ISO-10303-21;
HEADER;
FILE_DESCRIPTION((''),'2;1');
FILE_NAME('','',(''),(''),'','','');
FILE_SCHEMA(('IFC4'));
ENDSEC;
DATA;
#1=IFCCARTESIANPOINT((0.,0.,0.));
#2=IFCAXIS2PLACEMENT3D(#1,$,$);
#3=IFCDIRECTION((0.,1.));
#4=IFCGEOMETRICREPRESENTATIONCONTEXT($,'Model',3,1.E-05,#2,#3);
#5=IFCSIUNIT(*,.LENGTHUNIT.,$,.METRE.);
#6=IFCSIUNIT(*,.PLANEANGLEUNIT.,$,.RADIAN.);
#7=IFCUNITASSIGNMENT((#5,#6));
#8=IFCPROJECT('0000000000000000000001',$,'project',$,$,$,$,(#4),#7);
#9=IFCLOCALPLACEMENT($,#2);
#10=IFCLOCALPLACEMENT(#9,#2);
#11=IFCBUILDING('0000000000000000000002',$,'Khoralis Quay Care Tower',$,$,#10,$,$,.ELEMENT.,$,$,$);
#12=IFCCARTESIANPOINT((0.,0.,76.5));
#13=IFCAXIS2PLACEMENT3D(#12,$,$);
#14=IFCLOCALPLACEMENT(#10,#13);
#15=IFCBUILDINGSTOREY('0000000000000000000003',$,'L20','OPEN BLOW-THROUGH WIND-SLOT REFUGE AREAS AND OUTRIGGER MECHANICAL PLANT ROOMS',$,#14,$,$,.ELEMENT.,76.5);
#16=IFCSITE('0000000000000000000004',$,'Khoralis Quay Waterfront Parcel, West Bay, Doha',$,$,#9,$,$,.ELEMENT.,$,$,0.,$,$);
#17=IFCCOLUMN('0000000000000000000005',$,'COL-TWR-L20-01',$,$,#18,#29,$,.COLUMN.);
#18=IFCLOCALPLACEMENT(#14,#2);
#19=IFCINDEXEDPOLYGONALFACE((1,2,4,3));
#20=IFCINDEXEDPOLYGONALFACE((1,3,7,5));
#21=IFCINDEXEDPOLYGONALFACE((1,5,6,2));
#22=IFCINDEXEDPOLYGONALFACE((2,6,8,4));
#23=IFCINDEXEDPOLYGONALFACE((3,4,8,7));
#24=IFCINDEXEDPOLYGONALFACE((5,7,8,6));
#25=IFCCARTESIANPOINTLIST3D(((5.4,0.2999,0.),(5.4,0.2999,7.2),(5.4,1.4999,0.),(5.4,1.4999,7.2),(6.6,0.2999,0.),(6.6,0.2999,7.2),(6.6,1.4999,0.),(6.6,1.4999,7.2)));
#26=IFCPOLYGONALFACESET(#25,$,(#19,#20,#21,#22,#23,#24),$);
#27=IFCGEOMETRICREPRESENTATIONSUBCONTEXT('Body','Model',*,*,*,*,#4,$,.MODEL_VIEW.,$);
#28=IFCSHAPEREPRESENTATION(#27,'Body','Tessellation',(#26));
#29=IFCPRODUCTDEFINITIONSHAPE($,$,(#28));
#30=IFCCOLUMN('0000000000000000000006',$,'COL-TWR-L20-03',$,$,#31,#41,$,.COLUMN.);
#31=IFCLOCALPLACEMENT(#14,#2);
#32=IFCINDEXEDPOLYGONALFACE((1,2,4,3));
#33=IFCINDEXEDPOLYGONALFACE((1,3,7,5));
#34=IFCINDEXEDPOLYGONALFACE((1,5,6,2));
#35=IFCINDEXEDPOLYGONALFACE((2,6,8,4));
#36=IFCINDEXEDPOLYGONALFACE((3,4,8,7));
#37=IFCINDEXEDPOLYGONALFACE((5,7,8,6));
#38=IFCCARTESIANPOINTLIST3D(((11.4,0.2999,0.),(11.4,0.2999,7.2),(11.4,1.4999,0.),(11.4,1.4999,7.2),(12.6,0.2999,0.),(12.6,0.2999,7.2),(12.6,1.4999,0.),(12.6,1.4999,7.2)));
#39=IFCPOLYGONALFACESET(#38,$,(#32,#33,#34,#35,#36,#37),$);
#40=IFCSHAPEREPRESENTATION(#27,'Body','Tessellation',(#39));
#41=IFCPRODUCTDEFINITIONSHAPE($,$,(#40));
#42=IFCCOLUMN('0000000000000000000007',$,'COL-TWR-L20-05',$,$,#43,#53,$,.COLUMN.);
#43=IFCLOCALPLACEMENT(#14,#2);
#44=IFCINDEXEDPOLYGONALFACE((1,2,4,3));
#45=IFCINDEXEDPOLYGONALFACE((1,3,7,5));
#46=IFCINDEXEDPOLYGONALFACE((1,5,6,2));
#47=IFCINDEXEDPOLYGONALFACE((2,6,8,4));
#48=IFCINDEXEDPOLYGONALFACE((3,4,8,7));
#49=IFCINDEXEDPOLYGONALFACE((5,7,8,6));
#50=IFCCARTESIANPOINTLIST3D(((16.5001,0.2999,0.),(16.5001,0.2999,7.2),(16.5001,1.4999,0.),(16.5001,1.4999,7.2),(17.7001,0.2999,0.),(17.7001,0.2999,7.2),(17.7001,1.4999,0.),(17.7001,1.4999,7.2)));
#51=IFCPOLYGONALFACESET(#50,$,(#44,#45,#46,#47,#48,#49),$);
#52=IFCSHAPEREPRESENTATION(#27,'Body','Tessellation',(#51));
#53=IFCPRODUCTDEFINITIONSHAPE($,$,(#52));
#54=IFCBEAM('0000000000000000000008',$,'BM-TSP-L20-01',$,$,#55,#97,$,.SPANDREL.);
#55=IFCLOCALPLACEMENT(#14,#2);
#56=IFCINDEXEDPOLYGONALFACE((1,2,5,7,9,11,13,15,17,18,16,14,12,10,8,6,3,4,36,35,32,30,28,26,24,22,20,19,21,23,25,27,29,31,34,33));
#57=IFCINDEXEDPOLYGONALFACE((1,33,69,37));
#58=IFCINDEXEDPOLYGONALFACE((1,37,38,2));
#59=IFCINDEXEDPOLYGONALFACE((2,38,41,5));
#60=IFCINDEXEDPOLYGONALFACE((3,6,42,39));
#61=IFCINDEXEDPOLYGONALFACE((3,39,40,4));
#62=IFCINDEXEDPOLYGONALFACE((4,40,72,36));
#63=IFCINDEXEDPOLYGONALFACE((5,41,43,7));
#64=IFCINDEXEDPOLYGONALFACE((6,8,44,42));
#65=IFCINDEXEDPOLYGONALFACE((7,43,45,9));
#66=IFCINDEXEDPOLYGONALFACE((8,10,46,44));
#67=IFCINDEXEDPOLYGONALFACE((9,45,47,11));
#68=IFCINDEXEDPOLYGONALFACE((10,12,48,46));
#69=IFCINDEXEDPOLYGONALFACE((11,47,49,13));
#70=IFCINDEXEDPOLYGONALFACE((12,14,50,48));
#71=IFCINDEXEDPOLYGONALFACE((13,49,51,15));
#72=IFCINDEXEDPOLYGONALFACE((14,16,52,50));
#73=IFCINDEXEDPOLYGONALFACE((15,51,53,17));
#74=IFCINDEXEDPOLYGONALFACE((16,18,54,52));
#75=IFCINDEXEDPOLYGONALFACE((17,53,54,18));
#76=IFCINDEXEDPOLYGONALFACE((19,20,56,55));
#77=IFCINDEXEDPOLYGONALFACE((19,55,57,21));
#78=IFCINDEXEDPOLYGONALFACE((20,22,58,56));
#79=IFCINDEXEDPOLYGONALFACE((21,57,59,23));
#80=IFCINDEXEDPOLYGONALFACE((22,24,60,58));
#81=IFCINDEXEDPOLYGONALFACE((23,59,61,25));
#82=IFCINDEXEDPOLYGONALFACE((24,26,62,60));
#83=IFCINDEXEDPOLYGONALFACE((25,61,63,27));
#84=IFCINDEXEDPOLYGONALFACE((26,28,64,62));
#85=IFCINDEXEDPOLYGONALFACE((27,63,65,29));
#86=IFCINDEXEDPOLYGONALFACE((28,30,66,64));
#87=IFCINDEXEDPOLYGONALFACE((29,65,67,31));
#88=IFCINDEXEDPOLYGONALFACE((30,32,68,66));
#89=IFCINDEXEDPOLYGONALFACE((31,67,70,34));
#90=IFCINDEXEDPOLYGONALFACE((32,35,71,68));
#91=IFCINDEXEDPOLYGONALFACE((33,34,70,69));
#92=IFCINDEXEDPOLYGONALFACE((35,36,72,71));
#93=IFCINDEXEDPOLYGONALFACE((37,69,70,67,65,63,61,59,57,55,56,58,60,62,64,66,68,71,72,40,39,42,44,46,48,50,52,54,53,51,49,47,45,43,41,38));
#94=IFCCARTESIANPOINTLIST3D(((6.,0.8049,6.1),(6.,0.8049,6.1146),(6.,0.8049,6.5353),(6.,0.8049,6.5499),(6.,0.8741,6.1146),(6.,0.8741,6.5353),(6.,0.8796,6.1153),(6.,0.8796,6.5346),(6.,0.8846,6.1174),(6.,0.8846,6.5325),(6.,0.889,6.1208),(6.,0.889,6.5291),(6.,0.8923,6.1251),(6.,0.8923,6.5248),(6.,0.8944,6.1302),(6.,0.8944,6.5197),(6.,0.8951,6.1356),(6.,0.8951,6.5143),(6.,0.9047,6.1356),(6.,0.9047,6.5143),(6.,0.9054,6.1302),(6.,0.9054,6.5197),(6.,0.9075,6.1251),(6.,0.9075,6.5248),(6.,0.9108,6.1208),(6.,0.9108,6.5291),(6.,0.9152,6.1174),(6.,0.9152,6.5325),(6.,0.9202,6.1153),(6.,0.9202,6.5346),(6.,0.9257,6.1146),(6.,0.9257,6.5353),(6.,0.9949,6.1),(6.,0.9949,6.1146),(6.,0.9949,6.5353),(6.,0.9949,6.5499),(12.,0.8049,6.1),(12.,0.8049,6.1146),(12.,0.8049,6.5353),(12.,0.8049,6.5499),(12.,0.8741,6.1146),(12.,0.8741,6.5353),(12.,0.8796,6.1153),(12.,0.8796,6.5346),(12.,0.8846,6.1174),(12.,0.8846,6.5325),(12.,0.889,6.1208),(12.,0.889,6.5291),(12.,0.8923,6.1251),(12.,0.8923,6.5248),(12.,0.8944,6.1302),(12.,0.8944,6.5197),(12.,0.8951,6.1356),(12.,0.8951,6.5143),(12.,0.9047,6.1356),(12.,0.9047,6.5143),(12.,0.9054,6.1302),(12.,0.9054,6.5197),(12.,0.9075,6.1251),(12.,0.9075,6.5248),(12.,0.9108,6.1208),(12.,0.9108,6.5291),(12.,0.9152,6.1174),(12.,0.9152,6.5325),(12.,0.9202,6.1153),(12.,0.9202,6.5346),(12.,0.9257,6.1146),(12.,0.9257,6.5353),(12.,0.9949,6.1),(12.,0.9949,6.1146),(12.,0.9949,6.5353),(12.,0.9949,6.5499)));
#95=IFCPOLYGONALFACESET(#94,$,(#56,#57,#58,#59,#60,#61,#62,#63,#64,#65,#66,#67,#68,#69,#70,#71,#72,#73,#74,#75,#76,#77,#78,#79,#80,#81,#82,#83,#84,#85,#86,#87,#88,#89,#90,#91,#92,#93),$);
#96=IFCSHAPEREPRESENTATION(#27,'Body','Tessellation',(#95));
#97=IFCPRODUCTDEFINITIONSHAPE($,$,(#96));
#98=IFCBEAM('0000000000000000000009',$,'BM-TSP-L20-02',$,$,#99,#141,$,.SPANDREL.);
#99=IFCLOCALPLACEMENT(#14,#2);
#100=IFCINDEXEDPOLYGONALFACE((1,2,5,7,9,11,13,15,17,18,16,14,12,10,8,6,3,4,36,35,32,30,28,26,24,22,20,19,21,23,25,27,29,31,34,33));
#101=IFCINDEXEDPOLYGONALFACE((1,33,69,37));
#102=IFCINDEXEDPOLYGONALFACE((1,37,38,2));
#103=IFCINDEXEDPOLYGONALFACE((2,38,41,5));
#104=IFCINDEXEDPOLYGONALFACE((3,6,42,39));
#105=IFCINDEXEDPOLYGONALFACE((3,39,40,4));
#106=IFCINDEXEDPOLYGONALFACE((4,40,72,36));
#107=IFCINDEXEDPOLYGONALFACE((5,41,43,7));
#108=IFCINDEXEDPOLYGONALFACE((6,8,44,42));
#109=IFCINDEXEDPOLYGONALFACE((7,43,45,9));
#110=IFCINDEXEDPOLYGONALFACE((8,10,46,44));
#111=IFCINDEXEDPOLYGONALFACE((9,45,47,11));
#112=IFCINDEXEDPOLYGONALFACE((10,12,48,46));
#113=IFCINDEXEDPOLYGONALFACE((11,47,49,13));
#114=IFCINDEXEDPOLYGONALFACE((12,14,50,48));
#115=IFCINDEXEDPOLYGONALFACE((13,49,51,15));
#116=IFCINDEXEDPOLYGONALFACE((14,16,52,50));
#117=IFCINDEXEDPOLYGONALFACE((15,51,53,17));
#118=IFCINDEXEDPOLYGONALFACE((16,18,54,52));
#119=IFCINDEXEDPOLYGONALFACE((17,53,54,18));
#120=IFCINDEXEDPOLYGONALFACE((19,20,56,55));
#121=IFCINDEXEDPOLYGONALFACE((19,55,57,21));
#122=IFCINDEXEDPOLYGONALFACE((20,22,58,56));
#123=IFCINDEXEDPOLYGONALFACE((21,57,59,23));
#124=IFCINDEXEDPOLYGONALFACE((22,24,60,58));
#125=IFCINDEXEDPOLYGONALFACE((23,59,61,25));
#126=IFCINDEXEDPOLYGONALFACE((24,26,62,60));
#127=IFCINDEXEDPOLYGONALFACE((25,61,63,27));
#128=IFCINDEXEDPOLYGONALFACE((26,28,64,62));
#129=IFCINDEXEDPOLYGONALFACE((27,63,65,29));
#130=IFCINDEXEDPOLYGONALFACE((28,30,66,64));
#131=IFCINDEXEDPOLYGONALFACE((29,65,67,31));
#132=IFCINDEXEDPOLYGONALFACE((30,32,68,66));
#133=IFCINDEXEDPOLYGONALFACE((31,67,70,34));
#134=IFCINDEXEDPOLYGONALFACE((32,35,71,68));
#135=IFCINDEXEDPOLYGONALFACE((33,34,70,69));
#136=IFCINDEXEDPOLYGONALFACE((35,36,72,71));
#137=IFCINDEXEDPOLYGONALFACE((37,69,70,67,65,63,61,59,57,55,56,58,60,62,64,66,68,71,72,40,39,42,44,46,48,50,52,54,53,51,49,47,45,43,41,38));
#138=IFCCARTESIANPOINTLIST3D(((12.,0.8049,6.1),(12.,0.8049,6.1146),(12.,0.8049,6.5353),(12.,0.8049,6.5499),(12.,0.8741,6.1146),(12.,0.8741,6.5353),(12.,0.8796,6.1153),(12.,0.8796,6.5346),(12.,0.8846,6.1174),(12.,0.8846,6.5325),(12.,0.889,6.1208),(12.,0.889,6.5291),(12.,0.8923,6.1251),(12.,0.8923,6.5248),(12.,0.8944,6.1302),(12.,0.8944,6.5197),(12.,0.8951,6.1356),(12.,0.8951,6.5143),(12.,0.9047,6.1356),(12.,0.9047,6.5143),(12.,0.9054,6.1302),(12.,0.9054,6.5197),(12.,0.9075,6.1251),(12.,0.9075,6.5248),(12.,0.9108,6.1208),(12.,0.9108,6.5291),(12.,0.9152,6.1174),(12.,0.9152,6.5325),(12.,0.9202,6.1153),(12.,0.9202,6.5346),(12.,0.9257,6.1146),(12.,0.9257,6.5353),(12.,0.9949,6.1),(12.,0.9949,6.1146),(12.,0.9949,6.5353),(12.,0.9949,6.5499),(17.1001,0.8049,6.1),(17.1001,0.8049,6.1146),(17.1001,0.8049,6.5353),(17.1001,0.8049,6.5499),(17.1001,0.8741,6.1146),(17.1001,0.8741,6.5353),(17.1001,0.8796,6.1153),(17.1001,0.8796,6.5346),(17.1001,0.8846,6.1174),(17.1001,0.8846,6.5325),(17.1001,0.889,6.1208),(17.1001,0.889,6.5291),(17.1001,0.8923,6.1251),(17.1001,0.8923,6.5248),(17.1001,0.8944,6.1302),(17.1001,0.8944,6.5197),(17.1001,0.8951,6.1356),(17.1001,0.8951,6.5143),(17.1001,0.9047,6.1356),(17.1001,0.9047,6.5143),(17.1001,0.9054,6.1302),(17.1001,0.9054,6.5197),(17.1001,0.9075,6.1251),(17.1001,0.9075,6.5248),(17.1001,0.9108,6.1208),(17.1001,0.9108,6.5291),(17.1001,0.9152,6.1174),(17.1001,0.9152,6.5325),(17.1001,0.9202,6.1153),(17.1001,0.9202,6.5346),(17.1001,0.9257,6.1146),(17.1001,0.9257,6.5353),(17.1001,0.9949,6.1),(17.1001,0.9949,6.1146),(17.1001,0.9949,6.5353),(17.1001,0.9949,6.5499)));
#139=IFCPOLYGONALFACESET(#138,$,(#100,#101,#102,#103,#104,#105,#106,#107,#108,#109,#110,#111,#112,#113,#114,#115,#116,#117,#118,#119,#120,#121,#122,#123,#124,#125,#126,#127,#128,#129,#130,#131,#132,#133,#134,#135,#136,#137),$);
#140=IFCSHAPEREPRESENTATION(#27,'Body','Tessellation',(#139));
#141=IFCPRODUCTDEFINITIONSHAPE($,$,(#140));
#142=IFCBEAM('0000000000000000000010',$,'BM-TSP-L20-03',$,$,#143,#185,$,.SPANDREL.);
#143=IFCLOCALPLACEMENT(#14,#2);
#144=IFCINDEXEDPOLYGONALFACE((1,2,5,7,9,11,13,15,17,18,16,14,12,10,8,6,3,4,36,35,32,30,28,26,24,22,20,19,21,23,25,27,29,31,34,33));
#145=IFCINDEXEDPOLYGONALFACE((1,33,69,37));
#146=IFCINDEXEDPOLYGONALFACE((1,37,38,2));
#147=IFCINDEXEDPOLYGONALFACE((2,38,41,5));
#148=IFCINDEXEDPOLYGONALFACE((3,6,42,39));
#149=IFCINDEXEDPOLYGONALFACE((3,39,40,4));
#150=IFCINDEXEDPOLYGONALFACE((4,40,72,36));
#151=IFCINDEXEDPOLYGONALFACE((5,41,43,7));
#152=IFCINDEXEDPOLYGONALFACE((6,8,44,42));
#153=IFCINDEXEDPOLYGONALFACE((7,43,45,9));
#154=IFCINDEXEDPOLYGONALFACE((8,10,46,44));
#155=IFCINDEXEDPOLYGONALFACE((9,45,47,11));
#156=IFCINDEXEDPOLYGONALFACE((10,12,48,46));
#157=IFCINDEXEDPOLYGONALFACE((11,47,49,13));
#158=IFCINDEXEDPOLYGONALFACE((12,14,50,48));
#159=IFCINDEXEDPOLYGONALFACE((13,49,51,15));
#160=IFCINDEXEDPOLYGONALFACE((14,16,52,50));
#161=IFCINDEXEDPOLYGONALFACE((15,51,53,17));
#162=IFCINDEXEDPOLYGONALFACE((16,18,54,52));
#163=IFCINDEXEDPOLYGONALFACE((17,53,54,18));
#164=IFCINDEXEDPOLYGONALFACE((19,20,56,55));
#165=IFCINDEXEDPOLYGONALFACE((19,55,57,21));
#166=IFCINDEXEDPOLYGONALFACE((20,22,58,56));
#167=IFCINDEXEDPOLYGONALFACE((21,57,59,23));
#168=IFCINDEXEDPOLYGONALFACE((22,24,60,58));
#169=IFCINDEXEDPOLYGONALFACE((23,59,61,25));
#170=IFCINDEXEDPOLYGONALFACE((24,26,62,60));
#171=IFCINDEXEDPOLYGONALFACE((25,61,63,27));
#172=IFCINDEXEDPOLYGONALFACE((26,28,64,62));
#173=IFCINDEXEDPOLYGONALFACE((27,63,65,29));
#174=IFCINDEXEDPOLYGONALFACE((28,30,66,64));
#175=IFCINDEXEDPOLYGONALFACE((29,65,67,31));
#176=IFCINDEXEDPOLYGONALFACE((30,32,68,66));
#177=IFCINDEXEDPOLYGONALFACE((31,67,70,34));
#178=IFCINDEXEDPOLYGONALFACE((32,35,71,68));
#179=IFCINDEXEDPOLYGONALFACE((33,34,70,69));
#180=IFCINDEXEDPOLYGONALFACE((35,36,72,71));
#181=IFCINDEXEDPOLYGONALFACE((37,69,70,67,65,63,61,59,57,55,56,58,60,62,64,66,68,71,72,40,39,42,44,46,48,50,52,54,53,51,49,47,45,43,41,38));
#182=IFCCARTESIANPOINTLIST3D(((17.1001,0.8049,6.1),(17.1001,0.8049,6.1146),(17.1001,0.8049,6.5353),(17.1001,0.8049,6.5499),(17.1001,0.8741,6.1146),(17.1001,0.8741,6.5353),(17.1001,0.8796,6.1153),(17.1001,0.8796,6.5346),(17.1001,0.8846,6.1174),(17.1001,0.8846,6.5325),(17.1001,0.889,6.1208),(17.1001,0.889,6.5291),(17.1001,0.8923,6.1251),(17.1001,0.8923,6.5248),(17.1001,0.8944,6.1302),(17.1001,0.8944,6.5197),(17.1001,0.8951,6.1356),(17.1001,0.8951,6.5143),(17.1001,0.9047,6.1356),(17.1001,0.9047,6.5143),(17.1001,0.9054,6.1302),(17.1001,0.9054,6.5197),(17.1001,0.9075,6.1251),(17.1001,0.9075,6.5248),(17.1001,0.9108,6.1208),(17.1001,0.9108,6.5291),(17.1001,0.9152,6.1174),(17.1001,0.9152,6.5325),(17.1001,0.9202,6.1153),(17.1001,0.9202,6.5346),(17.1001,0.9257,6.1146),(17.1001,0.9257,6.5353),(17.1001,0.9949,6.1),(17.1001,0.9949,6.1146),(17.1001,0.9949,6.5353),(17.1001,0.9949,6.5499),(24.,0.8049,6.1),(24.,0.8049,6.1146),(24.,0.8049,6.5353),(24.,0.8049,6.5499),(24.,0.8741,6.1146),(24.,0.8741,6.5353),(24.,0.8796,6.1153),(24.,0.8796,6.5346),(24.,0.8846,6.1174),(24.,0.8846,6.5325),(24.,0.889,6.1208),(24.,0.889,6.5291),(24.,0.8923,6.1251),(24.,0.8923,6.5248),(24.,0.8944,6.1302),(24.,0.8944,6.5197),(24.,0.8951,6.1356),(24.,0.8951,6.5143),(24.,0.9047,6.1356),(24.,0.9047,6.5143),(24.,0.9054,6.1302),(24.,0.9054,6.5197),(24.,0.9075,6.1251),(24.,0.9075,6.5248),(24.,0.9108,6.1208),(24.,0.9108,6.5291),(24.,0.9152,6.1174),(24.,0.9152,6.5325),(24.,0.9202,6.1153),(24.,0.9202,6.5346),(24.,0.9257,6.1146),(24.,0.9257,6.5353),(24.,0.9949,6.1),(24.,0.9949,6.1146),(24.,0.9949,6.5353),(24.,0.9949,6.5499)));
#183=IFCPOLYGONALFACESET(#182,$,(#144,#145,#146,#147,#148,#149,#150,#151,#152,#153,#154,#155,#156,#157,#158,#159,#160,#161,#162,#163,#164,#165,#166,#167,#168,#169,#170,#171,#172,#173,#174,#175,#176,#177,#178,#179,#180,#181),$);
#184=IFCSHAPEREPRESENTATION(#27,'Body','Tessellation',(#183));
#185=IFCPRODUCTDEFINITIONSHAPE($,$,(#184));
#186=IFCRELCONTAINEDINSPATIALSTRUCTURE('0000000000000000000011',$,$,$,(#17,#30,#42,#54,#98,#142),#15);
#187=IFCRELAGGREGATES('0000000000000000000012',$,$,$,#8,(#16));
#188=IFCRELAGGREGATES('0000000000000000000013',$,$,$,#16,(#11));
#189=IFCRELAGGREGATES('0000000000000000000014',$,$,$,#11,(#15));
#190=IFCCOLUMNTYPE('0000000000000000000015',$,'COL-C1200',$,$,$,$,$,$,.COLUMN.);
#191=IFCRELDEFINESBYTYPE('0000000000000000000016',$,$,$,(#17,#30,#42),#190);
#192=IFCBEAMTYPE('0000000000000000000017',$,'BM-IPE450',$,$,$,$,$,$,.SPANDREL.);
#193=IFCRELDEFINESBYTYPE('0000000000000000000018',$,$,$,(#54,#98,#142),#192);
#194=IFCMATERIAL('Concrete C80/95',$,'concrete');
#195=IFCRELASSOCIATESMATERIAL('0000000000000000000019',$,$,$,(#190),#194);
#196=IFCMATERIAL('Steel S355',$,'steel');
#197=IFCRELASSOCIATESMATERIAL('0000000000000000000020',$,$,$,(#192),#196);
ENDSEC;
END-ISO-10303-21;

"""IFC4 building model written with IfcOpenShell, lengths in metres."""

from ifc_helpers import new_model, si_unit, direction, frame, origin, origin_2d, place, context, subcontext, project, spatial, rectangle, i_section, extrude, source, transform, mapped, material, material_profile, profile_set, type_object, element, save


model = new_model("IFC4")

# Units and contexts
model_context = context("Model", 3, precision=1e-05, world=origin(), true_north=direction((0.0, 1.0)))
body_context = subcontext(model_context, "Body", "Model", "MODEL_VIEW")
ifc_project = project(units=[si_unit("LENGTHUNIT", "METRE"), si_unit("PLANEANGLEUNIT", "RADIAN")], contexts=[model_context])

# Site, building, storey
site_placement = place(None, origin())
site = spatial("IfcSite", under=ifc_project, at=site_placement, Name="Khoralis Quay Waterfront Parcel, West Bay, Doha", CompositionType="ELEMENT", RefElevation=0.0)
building_placement = place(site_placement, origin())
building = spatial("IfcBuilding", under=site, at=building_placement, Name="Khoralis Quay Care Tower", CompositionType="ELEMENT")
storey_placement = place(building_placement, frame((0.0, 0.0, 76.5)))
storey = spatial("IfcBuildingStorey", under=building, at=storey_placement, Name="L20", Description="OPEN BLOW-THROUGH WIND-SLOT REFUGE AREAS AND OUTRIGGER MECHANICAL PLANT ROOMS", CompositionType="ELEMENT", Elevation=76.5)

# Columns
ifc_material_1 = material(Name="Concrete C80/95", Category="concrete")
ifc_material_profile_1 = material_profile(ifc_material_1, rectangle(XDim=1.2, YDim=1.2, at=origin_2d()), Name="Concrete C80/95")
ifc_profile_set_1 = profile_set([ifc_material_profile_1], Name="Concrete C80/95")
column_type = type_object("IfcColumnType", Name="COL-C1200", PredefinedType="COLUMN", material=ifc_profile_set_1)
shared_shape_1 = source(origin(), body_context, "Body", "SweptSolid", [
    extrude(rectangle(XDim=1.2, YDim=1.2, at=origin_2d()), origin(), (0.0, 0.0, 1.0), 7.2),
])
for number, where, z_axis, x_axis, name in (
    (1, (6.0, 0.8999, 0.0), (0.0, 0.0, 1.0), (1.0, 0.0, 0.0), "COL-TWR-L20-01"),
    (2, (12.0, 0.8999, 0.0), (0.0, 0.0, 1.0), (1.0, 0.0, 0.0), "COL-TWR-L20-03"),
    (3, (17.1001, 0.8999, 0.0), (0.0, 0.0, 1.0), (1.0, 0.0, 0.0), "COL-TWR-L20-05"),
):
    element("IfcColumn", number, at=place(storey_placement, frame(where, z_axis=z_axis, x_axis=x_axis)), inside=storey, type_object=column_type, Name=name, PredefinedType="COLUMN", context=body_context, shape_type="MappedRepresentation", body=[
        mapped(shared_shape_1, transform((0.0, 0.0, 0.0), scale=1.0)),
    ])

# Beams
ifc_material_2 = material(Name="Steel S355", Category="steel")
ifc_material_profile_2 = material_profile(ifc_material_2, i_section(OverallWidth=0.1899, OverallDepth=0.45, WebThickness=0.0095, FlangeThickness=0.0146, FilletRadius=0.021, at=origin_2d()), Name="Steel S355")
ifc_profile_set_2 = profile_set([ifc_material_profile_2], Name="Steel S355")
beam_type_1 = type_object("IfcBeamType", Name="BM-IPE450", PredefinedType="SPANDREL", material=ifc_profile_set_2)
shared_shape_2 = source(origin(), body_context, "Body", "SweptSolid", [
    extrude(i_section(OverallWidth=0.1899, OverallDepth=0.45, WebThickness=0.0095, FlangeThickness=0.0146, FilletRadius=0.021, at=origin_2d()), origin(), (0.0, 0.0, 1.0), 6.0),
])
beam_1_placement = place(storey_placement, frame((6.0, 0.8999, 6.325), z_axis=(1.0, 0.0, 0.0), x_axis=(0.0, 1.0, 0.0)))
element("IfcBeam", 4, at=beam_1_placement, inside=storey, type_object=beam_type_1, Name="BM-TSP-L20-01", PredefinedType="SPANDREL", context=body_context, shape_type="MappedRepresentation", body=[
    mapped(shared_shape_2, transform((0.0, 0.0, 0.0), scale=1.0)),
])
shared_shape_3 = source(origin(), body_context, "Body", "SweptSolid", [
    extrude(i_section(OverallWidth=0.1899, OverallDepth=0.45, WebThickness=0.0095, FlangeThickness=0.0146, FilletRadius=0.021, at=origin_2d()), origin(), (0.0, 0.0, 1.0), 5.1001),
])
beam_2_placement = place(storey_placement, frame((12.0, 0.8999, 6.325), z_axis=(1.0, 0.0, 0.0), x_axis=(0.0, 1.0, 0.0)))
element("IfcBeam", 5, at=beam_2_placement, inside=storey, type_object=beam_type_1, Name="BM-TSP-L20-02", PredefinedType="SPANDREL", context=body_context, shape_type="MappedRepresentation", body=[
    mapped(shared_shape_3, transform((0.0, 0.0, 0.0), scale=1.0)),
])
shared_shape_4 = source(origin(), body_context, "Body", "SweptSolid", [
    extrude(i_section(OverallWidth=0.1899, OverallDepth=0.45, WebThickness=0.0095, FlangeThickness=0.0146, FilletRadius=0.021, at=origin_2d()), origin(), (0.0, 0.0, 1.0), 6.8999),
])
beam_3_placement = place(storey_placement, frame((17.1001, 0.8999, 6.325), z_axis=(1.0, 0.0, 0.0), x_axis=(0.0, 1.0, 0.0)))
element("IfcBeam", 6, at=beam_3_placement, inside=storey, type_object=beam_type_1, Name="BM-TSP-L20-03", PredefinedType="SPANDREL", context=body_context, shape_type="MappedRepresentation", body=[
    mapped(shared_shape_4, transform((0.0, 0.0, 0.0), scale=1.0)),
])

save(model, "model.ifc")
